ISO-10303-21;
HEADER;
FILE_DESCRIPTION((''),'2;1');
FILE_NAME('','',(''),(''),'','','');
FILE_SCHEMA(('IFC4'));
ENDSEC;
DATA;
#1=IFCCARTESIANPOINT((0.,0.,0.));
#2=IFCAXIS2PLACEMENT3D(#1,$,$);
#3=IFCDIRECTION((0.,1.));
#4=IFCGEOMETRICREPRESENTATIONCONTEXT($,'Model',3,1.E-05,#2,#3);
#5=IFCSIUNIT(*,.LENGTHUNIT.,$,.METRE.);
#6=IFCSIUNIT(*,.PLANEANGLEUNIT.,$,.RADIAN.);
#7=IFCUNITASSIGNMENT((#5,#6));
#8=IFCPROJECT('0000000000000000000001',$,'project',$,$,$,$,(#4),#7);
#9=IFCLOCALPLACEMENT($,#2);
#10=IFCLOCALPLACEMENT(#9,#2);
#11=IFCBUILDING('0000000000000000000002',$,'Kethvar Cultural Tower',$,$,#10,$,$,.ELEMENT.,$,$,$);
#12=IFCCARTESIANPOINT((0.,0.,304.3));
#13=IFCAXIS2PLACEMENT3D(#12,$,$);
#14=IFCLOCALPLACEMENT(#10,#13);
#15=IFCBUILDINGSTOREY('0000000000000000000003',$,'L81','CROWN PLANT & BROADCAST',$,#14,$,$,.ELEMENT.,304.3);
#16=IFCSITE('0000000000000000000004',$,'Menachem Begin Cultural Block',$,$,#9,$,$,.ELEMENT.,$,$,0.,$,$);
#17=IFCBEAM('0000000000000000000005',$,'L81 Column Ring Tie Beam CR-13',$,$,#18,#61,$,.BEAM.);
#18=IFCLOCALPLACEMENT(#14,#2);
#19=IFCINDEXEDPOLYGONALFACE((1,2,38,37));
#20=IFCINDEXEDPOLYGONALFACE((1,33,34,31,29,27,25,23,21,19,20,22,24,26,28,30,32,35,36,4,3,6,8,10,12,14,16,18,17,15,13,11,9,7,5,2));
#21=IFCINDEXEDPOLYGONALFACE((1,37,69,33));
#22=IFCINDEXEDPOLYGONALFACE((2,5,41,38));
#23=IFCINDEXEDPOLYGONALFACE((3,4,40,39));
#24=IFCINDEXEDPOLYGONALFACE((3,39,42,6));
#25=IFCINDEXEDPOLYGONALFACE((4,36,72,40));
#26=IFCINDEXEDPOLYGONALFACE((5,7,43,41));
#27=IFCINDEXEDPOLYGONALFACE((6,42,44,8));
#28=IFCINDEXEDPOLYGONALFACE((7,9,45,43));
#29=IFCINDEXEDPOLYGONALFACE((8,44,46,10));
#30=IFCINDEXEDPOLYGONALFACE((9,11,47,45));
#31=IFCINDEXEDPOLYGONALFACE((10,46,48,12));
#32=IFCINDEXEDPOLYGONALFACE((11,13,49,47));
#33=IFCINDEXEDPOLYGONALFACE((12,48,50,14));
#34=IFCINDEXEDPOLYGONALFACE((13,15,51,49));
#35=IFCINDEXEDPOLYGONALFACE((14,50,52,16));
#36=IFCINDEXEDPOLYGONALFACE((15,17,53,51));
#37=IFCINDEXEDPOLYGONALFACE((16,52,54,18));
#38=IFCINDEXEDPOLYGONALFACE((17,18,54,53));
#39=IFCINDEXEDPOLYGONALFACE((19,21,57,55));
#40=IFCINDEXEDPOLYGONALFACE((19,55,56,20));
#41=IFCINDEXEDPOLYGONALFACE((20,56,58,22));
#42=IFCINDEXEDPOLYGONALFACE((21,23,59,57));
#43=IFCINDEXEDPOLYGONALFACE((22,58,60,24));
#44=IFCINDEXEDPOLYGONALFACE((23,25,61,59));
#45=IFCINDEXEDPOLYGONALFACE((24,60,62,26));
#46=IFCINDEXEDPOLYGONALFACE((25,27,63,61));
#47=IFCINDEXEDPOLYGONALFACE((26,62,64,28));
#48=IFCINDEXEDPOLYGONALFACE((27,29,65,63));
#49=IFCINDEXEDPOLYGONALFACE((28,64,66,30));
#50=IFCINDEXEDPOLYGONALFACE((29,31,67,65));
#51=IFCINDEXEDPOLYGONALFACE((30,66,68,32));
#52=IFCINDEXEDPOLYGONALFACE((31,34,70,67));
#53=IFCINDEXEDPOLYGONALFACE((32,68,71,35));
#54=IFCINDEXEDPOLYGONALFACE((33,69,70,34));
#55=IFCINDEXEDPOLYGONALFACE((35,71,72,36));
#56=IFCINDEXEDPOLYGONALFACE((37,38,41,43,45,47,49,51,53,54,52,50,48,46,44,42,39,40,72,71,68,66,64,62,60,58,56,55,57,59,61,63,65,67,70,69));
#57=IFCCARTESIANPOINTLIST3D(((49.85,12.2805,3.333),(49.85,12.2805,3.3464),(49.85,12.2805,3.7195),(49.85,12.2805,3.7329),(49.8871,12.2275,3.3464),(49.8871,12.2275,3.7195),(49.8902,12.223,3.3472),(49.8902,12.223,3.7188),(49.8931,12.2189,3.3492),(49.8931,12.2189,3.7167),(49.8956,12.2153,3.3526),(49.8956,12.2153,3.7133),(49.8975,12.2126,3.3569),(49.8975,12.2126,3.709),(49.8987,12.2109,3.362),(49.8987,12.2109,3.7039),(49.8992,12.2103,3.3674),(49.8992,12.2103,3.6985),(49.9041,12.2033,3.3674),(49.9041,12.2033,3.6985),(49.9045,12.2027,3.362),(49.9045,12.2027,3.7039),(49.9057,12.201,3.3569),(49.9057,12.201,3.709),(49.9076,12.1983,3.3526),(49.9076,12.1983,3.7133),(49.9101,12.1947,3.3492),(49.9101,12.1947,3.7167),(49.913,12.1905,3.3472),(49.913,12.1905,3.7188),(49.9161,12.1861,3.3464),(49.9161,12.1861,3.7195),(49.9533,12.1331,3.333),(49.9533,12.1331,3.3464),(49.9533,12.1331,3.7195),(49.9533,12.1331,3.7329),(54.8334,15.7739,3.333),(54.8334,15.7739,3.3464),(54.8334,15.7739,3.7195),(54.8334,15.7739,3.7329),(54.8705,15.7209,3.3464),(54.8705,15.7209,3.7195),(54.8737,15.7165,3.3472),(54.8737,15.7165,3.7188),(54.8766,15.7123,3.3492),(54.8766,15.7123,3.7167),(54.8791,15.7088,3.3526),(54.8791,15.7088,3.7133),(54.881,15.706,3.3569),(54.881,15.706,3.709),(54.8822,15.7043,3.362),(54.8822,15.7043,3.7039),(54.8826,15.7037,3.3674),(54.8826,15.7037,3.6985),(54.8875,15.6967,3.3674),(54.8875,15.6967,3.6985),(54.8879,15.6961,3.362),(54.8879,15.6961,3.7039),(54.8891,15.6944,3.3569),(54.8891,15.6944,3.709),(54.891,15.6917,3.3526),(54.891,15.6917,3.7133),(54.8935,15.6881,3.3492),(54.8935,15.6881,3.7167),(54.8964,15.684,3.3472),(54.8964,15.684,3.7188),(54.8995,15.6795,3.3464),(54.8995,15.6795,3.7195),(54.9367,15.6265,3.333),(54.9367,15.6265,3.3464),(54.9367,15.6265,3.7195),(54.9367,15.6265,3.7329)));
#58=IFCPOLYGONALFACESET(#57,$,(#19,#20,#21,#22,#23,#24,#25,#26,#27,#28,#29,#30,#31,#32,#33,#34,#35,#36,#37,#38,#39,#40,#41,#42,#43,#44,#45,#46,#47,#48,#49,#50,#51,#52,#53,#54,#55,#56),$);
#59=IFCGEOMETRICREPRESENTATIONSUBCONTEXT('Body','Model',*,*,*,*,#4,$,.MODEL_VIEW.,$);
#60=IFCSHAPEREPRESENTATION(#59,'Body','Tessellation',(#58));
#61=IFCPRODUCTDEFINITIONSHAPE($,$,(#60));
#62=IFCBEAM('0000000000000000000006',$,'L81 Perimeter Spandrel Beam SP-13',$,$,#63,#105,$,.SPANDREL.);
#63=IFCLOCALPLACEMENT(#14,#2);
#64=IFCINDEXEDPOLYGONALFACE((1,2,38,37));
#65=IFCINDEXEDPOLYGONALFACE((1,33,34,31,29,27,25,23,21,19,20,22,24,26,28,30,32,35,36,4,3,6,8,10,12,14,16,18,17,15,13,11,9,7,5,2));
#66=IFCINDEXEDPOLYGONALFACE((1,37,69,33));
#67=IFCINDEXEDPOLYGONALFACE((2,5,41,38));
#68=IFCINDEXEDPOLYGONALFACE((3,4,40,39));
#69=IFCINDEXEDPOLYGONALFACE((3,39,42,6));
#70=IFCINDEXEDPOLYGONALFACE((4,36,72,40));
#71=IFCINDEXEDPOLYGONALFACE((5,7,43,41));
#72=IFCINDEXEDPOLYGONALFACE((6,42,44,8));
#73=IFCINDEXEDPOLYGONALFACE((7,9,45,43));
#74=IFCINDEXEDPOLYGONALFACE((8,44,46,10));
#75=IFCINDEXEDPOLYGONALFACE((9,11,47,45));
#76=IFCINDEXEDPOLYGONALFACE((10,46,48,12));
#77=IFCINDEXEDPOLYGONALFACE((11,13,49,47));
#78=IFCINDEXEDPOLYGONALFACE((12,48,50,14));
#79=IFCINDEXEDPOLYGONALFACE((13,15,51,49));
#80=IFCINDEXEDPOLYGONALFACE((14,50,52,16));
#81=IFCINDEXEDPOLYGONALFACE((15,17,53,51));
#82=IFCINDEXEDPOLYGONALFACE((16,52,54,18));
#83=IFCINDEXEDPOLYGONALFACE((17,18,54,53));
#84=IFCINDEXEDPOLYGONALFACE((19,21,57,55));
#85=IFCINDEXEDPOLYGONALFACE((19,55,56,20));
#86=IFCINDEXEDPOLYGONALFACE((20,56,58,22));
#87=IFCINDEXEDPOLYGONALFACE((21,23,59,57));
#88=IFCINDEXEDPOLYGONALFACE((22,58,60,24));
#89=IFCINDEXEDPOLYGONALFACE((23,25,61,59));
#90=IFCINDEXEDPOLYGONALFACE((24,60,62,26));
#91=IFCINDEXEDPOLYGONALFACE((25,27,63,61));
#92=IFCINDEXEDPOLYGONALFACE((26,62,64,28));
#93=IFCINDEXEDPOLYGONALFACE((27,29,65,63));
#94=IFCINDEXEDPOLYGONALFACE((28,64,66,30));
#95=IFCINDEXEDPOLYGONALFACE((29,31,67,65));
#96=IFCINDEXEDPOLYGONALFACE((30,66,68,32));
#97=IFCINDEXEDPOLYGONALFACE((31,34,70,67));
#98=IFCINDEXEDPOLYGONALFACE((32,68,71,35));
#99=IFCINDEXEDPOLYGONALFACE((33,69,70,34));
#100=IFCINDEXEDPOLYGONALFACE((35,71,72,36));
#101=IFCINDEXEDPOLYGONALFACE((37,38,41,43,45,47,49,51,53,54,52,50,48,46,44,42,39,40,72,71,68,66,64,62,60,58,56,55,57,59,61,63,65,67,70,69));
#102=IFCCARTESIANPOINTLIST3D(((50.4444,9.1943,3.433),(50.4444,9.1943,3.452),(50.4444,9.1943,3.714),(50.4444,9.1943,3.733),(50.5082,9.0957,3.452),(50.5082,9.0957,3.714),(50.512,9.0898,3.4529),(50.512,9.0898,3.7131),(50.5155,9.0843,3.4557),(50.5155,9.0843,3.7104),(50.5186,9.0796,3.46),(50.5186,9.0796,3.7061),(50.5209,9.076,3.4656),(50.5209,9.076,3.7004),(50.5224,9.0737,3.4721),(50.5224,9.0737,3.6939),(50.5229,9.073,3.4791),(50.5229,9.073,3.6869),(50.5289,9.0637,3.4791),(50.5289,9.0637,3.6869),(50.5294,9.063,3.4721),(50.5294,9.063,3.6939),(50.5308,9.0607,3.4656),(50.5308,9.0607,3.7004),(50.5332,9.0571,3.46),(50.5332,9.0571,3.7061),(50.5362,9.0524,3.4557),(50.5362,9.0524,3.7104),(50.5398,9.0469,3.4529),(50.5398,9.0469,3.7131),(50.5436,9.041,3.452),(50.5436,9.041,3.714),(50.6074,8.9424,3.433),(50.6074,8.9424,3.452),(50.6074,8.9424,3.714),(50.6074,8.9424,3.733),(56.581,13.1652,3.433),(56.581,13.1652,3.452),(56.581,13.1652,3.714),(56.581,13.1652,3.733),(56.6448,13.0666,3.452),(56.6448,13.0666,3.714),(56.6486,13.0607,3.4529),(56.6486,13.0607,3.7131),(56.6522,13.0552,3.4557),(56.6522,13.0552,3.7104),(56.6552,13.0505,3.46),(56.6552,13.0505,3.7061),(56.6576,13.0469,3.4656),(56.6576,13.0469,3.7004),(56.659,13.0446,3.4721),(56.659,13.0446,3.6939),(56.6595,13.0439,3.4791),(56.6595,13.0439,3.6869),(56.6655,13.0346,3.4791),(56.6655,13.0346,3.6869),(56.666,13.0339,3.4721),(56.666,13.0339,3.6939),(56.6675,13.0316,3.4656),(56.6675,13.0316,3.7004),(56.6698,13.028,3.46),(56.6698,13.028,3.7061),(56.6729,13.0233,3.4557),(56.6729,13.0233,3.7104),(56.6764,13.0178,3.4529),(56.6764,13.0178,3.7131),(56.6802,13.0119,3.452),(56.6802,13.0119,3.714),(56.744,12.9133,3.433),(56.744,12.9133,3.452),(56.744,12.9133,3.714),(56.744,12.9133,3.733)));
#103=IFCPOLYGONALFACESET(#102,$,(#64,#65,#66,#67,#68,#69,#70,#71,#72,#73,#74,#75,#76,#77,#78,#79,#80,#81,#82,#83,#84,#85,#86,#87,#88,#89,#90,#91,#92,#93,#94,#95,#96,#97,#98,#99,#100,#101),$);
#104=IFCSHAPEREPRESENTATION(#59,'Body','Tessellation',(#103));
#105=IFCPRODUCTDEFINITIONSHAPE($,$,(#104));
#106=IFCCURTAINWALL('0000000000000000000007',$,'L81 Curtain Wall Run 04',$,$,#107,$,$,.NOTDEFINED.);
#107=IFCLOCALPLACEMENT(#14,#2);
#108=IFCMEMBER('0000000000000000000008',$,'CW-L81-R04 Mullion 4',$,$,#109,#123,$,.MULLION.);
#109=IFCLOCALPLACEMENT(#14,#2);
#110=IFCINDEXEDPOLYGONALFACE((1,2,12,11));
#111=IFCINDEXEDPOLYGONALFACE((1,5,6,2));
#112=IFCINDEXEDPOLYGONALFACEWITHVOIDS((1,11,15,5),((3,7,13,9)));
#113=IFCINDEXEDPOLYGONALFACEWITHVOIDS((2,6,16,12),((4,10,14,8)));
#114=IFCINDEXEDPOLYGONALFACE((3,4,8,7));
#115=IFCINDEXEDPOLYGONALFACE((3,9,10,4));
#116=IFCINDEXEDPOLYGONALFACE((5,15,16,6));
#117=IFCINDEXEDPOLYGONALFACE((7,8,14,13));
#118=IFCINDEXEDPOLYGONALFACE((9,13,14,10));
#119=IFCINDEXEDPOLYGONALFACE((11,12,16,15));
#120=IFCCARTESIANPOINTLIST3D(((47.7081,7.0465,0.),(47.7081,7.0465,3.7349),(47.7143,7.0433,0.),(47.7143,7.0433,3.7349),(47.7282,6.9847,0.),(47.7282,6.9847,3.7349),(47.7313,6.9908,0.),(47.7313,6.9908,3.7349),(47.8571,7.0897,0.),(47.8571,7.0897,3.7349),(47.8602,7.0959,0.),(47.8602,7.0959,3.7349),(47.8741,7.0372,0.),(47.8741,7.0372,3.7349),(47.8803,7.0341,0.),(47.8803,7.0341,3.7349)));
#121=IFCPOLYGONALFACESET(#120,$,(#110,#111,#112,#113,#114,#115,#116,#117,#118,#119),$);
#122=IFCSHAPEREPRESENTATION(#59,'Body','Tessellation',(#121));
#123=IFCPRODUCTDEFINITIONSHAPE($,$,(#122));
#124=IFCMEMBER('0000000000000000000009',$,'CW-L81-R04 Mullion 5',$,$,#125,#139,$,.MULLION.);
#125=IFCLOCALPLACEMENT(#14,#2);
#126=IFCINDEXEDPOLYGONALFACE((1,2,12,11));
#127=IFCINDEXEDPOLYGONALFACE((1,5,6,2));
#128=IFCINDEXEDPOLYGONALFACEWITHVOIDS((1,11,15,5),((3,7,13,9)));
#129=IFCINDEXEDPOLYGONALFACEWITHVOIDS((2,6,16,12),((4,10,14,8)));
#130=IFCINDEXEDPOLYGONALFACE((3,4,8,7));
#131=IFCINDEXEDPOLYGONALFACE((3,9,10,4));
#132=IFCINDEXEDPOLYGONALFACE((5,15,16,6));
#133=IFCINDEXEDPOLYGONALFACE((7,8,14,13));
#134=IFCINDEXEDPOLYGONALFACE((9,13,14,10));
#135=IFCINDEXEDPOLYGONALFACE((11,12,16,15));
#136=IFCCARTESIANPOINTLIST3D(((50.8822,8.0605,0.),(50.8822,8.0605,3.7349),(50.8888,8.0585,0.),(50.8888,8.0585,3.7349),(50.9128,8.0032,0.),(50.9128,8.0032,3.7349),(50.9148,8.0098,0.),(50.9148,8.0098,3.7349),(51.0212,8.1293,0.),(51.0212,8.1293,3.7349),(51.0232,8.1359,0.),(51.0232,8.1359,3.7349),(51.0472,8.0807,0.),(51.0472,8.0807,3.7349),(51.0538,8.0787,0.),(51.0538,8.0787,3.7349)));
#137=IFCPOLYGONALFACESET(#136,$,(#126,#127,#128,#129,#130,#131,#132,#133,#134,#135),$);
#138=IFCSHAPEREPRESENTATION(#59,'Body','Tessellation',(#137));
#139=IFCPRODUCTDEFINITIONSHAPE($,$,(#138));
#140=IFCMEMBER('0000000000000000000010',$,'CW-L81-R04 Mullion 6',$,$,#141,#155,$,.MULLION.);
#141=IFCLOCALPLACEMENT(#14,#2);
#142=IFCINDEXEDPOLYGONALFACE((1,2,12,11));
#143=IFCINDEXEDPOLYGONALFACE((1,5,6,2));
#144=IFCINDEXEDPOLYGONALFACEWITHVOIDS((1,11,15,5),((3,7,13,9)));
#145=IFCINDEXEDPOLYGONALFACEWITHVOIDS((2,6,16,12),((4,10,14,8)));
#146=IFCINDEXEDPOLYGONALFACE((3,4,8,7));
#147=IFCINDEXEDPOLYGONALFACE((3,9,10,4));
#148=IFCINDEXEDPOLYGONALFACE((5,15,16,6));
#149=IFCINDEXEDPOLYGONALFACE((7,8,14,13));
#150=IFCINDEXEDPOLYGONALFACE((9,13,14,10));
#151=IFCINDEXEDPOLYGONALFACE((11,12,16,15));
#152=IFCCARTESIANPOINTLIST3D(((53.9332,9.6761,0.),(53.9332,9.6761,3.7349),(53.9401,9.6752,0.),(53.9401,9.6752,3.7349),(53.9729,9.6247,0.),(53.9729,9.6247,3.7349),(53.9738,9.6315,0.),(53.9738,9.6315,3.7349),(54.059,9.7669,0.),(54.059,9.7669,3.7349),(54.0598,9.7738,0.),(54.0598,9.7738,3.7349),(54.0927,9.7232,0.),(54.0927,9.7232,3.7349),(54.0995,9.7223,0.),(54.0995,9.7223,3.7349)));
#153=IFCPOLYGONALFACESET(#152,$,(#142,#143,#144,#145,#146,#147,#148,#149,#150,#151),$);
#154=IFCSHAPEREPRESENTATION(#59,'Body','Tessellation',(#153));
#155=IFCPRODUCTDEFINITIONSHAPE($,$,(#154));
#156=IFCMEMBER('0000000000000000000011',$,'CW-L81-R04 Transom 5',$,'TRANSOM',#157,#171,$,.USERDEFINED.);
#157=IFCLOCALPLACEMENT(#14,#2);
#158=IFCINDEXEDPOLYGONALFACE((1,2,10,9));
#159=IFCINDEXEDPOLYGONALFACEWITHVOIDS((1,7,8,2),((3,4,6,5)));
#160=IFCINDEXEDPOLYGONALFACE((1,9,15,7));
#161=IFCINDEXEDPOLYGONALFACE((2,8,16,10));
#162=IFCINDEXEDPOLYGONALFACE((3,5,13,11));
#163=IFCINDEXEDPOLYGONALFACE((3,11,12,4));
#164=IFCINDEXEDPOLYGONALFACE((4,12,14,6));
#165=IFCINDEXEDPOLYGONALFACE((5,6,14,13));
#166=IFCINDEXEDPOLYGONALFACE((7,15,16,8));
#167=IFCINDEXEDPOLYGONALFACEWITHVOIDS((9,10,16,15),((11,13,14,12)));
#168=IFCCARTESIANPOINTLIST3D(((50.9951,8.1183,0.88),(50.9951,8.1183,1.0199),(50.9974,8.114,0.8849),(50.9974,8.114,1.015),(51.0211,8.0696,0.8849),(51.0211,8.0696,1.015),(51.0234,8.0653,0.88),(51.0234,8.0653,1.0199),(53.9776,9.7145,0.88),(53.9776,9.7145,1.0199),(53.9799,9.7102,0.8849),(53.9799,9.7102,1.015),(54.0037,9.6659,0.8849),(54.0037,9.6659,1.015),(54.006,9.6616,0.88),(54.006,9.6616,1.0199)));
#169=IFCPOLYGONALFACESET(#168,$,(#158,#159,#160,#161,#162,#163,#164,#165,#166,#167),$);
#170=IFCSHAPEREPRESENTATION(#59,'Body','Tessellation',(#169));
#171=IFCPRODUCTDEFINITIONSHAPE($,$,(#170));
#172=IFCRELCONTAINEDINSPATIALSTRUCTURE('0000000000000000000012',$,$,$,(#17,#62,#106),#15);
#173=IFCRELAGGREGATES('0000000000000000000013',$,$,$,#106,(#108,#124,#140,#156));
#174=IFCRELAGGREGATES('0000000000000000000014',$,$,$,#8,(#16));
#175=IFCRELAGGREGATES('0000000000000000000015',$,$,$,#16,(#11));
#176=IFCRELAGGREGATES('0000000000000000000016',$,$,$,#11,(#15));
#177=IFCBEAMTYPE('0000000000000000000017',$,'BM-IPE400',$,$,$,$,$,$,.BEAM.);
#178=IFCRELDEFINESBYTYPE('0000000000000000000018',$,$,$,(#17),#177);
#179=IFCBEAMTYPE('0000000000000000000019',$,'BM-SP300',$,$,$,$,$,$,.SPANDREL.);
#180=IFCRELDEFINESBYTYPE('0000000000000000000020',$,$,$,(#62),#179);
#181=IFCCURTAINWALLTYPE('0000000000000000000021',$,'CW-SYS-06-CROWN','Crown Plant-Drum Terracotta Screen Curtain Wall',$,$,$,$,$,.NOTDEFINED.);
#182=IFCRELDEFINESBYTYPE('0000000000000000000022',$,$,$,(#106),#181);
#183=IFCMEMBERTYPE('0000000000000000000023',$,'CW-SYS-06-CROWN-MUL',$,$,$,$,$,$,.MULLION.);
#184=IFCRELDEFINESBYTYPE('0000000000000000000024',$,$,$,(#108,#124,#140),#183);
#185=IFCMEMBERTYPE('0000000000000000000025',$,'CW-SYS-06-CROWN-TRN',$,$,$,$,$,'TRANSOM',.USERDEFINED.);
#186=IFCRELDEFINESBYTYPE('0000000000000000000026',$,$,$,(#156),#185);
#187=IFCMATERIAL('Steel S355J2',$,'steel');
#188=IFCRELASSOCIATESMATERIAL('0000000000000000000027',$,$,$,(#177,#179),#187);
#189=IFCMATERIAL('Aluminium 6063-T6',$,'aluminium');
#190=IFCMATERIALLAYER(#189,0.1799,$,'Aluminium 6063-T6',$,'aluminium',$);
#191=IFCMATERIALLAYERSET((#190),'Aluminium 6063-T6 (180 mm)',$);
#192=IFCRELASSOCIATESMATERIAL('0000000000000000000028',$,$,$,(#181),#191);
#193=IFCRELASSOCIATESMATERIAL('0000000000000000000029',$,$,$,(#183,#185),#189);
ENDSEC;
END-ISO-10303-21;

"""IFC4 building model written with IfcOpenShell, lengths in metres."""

from ifc_helpers import new_model, si_unit, direction, frame, origin, origin_2d, place, context, subcontext, project, spatial, hollow_rectangle, i_section, extrude, source, transform, mapped, material, layer, layer_set, material_profile, profile_set, type_object, element, aggregate, save


model = new_model("IFC4")

# Units and contexts
model_context = context("Model", 3, precision=1e-05, world=origin(), true_north=direction((0.0, 1.0)))
body_context = subcontext(model_context, "Body", "Model", "MODEL_VIEW")
ifc_project = project(units=[si_unit("LENGTHUNIT", "METRE"), si_unit("PLANEANGLEUNIT", "RADIAN")], contexts=[model_context])

# Site, building, storey
site_placement = place(None, origin())
site = spatial("IfcSite", under=ifc_project, at=site_placement, Name="Menachem Begin Cultural Block", CompositionType="ELEMENT", RefElevation=0.0)
building_placement = place(site_placement, origin())
building = spatial("IfcBuilding", under=site, at=building_placement, Name="Kethvar Cultural Tower", CompositionType="ELEMENT")
storey_placement = place(building_placement, frame((0.0, 0.0, 304.3)))
storey = spatial("IfcBuildingStorey", under=building, at=storey_placement, Name="L81", Description="CROWN PLANT & BROADCAST", CompositionType="ELEMENT", Elevation=304.3)

# Shared definitions
ifc_material_1 = material(Name="Steel S355J2", Category="steel")

# Beams
ifc_material_profile_1 = material_profile(ifc_material_1, i_section(OverallWidth=0.1799, OverallDepth=0.3999, WebThickness=0.0085, FlangeThickness=0.0134, FilletRadius=0.021, at=origin_2d()), Name="Steel S355J2 — IPE400")
ifc_profile_set_1 = profile_set([ifc_material_profile_1], Name="Steel S355J2 — IPE400")
beam_type_1 = type_object("IfcBeamType", Name="BM-IPE400", PredefinedType="BEAM", material=ifc_profile_set_1)
shared_shape_1 = source(origin(), body_context, "Body", "SweptSolid", [
    extrude(i_section(OverallWidth=0.1799, OverallDepth=0.3999, WebThickness=0.0085, FlangeThickness=0.0134, FilletRadius=0.021, at=origin_2d()), origin(), (0.0, 0.0, 1.0), 6.0859),
])
beam_1_placement = place(storey_placement, frame((49.9016, 12.2068, 3.533), z_axis=(0.818843, 0.574017, 0.0), x_axis=(-0.574017, 0.818843, 0.0)))
element("IfcBeam", 1, at=beam_1_placement, inside=storey, type_object=beam_type_1, Name="L81 Column Ring Tie Beam CR-13", PredefinedType="BEAM", context=body_context, shape_type="MappedRepresentation", body=[
    mapped(shared_shape_1, transform((0.0, 0.0, 0.0), scale=1.0)),
])
ifc_material_profile_2 = material_profile(ifc_material_1, i_section(OverallWidth=0.3, OverallDepth=0.3, WebThickness=0.011, FlangeThickness=0.019, FilletRadius=0.0271, at=origin_2d()), Name="Steel S355J2 — HEB300")
ifc_profile_set_2 = profile_set([ifc_material_profile_2], Name="Steel S355J2 — HEB300")
beam_type_2 = type_object("IfcBeamType", Name="BM-SP300", PredefinedType="SPANDREL", material=ifc_profile_set_2)
shared_shape_2 = source(origin(), body_context, "Body", "SweptSolid", [
    extrude(i_section(OverallWidth=0.3, OverallDepth=0.3, WebThickness=0.011, FlangeThickness=0.019, FilletRadius=0.0271, at=origin_2d()), origin(), (0.0, 0.0, 1.0), 7.3093),
])
beam_2_placement = place(storey_placement, frame((50.5259, 9.0684, 3.583), z_axis=(0.839562, 0.543264, 0.0), x_axis=(-0.543264, 0.839562, 0.0)))
element("IfcBeam", 2, at=beam_2_placement, inside=storey, type_object=beam_type_2, Name="L81 Perimeter Spandrel Beam SP-13", PredefinedType="SPANDREL", context=body_context, shape_type="MappedRepresentation", body=[
    mapped(shared_shape_2, transform((0.0, 0.0, 0.0), scale=1.0)),
])

# Curtain wall, members
ifc_material_2 = material(Name="Aluminium 6063-T6", Category="aluminium")
ifc_layer_1 = layer(ifc_material_2, 0.1799, Name="Aluminium 6063-T6", Category="aluminium")
ifc_layer_set_1 = layer_set([ifc_layer_1], Name="Aluminium 6063-T6 (180 mm)")
curtain_wall_type = type_object("IfcCurtainWallType", Name="CW-SYS-06-CROWN", Description="Crown Plant-Drum Terracotta Screen Curtain Wall", PredefinedType="NOTDEFINED", material=ifc_layer_set_1)
curtain_wall_placement = place(storey_placement, origin())
curtain_wall = element("IfcCurtainWall", 3, at=curtain_wall_placement, inside=storey, type_object=curtain_wall_type, Name="L81 Curtain Wall Run 04", PredefinedType="NOTDEFINED")
ifc_material_profile_3 = material_profile(ifc_material_2, hollow_rectangle(XDim=0.0649, YDim=0.1599, WallThickness=0.0049, at=origin_2d()), Name="Aluminium 6063-T6 — RHS160x65x5")
ifc_profile_set_3 = profile_set([ifc_material_profile_3], Name="Aluminium 6063-T6 — RHS160x65x5")
member_type_1 = type_object("IfcMemberType", Name="CW-SYS-06-CROWN-MUL", PredefinedType="MULLION", material=ifc_profile_set_3)
shared_shape_3 = source(origin(), body_context, "Body", "SweptSolid", [
    extrude(hollow_rectangle(XDim=0.0649, YDim=0.1599, WallThickness=0.0049, at=origin_2d()), origin(), (0.0, 0.0, 1.0), 3.7349),
])
member_1_placement = place(storey_placement, frame((47.7942, 7.0403, 0.0), z_axis=(0.0, 0.0, 1.0), x_axis=(-0.309067, 0.95104, 0.0)))
member_1 = element("IfcMember", 4, at=member_1_placement, type_object=member_type_1, Name="CW-L81-R04 Mullion 4", PredefinedType="MULLION", context=body_context, shape_type="MappedRepresentation", body=[
    mapped(shared_shape_3, transform((0.0, 0.0, 0.0), scale=1.0)),
])
member_2_placement = place(storey_placement, frame((50.968, 8.0696, 0.0), z_axis=(0.0, 0.0, 1.0), x_axis=(-0.471858, 0.881674, 0.0)))
member_2 = element("IfcMember", 5, at=member_2_placement, type_object=member_type_1, Name="CW-L81-R04 Mullion 5", PredefinedType="MULLION", context=body_context, shape_type="MappedRepresentation", body=[
    mapped(shared_shape_3, transform((0.0, 0.0, 0.0), scale=1.0)),
])
member_3_placement = place(storey_placement, frame((54.0164, 9.6992, 0.0), z_axis=(0.0, 0.0, 1.0), x_axis=(-0.610753, 0.791821, 0.0)))
member_3 = element("IfcMember", 6, at=member_3_placement, type_object=member_type_1, Name="CW-L81-R04 Mullion 6", PredefinedType="MULLION", context=body_context, shape_type="MappedRepresentation", body=[
    mapped(shared_shape_3, transform((0.0, 0.0, 0.0), scale=1.0)),
])
ifc_material_profile_4 = material_profile(ifc_material_2, hollow_rectangle(XDim=0.0601, YDim=0.1399, WallThickness=0.0049, at=origin_2d()), Name="Aluminium 6063-T6 — RHS140x60x5")
ifc_profile_set_4 = profile_set([ifc_material_profile_4], Name="Aluminium 6063-T6 — RHS140x60x5")
member_type_2 = type_object("IfcMemberType", Name="CW-SYS-06-CROWN-TRN", ElementType="TRANSOM", PredefinedType="USERDEFINED", material=ifc_profile_set_4)
shared_shape_4 = source(origin(), body_context, "Body", "SweptSolid", [
    extrude(hollow_rectangle(XDim=0.0601, YDim=0.1399, WallThickness=0.0049, at=origin_2d()), origin(), (0.0, 0.0, 1.0), 3.3828),
])
member_4_placement = place(storey_placement, frame((51.0093, 8.0918, 0.95), z_axis=(0.881669, 0.471869, 0.0), x_axis=(-0.471869, 0.881669, 0.0)))
member_4 = element("IfcMember", 7, at=member_4_placement, type_object=member_type_2, Name="CW-L81-R04 Transom 5", ObjectType="TRANSOM", PredefinedType="USERDEFINED", context=body_context, shape_type="MappedRepresentation", body=[
    mapped(shared_shape_4, transform((0.0, 0.0, 0.0), scale=1.0)),
])
aggregate(curtain_wall, [member_1, member_2, member_3, member_4])

save(model, "model.ifc")
